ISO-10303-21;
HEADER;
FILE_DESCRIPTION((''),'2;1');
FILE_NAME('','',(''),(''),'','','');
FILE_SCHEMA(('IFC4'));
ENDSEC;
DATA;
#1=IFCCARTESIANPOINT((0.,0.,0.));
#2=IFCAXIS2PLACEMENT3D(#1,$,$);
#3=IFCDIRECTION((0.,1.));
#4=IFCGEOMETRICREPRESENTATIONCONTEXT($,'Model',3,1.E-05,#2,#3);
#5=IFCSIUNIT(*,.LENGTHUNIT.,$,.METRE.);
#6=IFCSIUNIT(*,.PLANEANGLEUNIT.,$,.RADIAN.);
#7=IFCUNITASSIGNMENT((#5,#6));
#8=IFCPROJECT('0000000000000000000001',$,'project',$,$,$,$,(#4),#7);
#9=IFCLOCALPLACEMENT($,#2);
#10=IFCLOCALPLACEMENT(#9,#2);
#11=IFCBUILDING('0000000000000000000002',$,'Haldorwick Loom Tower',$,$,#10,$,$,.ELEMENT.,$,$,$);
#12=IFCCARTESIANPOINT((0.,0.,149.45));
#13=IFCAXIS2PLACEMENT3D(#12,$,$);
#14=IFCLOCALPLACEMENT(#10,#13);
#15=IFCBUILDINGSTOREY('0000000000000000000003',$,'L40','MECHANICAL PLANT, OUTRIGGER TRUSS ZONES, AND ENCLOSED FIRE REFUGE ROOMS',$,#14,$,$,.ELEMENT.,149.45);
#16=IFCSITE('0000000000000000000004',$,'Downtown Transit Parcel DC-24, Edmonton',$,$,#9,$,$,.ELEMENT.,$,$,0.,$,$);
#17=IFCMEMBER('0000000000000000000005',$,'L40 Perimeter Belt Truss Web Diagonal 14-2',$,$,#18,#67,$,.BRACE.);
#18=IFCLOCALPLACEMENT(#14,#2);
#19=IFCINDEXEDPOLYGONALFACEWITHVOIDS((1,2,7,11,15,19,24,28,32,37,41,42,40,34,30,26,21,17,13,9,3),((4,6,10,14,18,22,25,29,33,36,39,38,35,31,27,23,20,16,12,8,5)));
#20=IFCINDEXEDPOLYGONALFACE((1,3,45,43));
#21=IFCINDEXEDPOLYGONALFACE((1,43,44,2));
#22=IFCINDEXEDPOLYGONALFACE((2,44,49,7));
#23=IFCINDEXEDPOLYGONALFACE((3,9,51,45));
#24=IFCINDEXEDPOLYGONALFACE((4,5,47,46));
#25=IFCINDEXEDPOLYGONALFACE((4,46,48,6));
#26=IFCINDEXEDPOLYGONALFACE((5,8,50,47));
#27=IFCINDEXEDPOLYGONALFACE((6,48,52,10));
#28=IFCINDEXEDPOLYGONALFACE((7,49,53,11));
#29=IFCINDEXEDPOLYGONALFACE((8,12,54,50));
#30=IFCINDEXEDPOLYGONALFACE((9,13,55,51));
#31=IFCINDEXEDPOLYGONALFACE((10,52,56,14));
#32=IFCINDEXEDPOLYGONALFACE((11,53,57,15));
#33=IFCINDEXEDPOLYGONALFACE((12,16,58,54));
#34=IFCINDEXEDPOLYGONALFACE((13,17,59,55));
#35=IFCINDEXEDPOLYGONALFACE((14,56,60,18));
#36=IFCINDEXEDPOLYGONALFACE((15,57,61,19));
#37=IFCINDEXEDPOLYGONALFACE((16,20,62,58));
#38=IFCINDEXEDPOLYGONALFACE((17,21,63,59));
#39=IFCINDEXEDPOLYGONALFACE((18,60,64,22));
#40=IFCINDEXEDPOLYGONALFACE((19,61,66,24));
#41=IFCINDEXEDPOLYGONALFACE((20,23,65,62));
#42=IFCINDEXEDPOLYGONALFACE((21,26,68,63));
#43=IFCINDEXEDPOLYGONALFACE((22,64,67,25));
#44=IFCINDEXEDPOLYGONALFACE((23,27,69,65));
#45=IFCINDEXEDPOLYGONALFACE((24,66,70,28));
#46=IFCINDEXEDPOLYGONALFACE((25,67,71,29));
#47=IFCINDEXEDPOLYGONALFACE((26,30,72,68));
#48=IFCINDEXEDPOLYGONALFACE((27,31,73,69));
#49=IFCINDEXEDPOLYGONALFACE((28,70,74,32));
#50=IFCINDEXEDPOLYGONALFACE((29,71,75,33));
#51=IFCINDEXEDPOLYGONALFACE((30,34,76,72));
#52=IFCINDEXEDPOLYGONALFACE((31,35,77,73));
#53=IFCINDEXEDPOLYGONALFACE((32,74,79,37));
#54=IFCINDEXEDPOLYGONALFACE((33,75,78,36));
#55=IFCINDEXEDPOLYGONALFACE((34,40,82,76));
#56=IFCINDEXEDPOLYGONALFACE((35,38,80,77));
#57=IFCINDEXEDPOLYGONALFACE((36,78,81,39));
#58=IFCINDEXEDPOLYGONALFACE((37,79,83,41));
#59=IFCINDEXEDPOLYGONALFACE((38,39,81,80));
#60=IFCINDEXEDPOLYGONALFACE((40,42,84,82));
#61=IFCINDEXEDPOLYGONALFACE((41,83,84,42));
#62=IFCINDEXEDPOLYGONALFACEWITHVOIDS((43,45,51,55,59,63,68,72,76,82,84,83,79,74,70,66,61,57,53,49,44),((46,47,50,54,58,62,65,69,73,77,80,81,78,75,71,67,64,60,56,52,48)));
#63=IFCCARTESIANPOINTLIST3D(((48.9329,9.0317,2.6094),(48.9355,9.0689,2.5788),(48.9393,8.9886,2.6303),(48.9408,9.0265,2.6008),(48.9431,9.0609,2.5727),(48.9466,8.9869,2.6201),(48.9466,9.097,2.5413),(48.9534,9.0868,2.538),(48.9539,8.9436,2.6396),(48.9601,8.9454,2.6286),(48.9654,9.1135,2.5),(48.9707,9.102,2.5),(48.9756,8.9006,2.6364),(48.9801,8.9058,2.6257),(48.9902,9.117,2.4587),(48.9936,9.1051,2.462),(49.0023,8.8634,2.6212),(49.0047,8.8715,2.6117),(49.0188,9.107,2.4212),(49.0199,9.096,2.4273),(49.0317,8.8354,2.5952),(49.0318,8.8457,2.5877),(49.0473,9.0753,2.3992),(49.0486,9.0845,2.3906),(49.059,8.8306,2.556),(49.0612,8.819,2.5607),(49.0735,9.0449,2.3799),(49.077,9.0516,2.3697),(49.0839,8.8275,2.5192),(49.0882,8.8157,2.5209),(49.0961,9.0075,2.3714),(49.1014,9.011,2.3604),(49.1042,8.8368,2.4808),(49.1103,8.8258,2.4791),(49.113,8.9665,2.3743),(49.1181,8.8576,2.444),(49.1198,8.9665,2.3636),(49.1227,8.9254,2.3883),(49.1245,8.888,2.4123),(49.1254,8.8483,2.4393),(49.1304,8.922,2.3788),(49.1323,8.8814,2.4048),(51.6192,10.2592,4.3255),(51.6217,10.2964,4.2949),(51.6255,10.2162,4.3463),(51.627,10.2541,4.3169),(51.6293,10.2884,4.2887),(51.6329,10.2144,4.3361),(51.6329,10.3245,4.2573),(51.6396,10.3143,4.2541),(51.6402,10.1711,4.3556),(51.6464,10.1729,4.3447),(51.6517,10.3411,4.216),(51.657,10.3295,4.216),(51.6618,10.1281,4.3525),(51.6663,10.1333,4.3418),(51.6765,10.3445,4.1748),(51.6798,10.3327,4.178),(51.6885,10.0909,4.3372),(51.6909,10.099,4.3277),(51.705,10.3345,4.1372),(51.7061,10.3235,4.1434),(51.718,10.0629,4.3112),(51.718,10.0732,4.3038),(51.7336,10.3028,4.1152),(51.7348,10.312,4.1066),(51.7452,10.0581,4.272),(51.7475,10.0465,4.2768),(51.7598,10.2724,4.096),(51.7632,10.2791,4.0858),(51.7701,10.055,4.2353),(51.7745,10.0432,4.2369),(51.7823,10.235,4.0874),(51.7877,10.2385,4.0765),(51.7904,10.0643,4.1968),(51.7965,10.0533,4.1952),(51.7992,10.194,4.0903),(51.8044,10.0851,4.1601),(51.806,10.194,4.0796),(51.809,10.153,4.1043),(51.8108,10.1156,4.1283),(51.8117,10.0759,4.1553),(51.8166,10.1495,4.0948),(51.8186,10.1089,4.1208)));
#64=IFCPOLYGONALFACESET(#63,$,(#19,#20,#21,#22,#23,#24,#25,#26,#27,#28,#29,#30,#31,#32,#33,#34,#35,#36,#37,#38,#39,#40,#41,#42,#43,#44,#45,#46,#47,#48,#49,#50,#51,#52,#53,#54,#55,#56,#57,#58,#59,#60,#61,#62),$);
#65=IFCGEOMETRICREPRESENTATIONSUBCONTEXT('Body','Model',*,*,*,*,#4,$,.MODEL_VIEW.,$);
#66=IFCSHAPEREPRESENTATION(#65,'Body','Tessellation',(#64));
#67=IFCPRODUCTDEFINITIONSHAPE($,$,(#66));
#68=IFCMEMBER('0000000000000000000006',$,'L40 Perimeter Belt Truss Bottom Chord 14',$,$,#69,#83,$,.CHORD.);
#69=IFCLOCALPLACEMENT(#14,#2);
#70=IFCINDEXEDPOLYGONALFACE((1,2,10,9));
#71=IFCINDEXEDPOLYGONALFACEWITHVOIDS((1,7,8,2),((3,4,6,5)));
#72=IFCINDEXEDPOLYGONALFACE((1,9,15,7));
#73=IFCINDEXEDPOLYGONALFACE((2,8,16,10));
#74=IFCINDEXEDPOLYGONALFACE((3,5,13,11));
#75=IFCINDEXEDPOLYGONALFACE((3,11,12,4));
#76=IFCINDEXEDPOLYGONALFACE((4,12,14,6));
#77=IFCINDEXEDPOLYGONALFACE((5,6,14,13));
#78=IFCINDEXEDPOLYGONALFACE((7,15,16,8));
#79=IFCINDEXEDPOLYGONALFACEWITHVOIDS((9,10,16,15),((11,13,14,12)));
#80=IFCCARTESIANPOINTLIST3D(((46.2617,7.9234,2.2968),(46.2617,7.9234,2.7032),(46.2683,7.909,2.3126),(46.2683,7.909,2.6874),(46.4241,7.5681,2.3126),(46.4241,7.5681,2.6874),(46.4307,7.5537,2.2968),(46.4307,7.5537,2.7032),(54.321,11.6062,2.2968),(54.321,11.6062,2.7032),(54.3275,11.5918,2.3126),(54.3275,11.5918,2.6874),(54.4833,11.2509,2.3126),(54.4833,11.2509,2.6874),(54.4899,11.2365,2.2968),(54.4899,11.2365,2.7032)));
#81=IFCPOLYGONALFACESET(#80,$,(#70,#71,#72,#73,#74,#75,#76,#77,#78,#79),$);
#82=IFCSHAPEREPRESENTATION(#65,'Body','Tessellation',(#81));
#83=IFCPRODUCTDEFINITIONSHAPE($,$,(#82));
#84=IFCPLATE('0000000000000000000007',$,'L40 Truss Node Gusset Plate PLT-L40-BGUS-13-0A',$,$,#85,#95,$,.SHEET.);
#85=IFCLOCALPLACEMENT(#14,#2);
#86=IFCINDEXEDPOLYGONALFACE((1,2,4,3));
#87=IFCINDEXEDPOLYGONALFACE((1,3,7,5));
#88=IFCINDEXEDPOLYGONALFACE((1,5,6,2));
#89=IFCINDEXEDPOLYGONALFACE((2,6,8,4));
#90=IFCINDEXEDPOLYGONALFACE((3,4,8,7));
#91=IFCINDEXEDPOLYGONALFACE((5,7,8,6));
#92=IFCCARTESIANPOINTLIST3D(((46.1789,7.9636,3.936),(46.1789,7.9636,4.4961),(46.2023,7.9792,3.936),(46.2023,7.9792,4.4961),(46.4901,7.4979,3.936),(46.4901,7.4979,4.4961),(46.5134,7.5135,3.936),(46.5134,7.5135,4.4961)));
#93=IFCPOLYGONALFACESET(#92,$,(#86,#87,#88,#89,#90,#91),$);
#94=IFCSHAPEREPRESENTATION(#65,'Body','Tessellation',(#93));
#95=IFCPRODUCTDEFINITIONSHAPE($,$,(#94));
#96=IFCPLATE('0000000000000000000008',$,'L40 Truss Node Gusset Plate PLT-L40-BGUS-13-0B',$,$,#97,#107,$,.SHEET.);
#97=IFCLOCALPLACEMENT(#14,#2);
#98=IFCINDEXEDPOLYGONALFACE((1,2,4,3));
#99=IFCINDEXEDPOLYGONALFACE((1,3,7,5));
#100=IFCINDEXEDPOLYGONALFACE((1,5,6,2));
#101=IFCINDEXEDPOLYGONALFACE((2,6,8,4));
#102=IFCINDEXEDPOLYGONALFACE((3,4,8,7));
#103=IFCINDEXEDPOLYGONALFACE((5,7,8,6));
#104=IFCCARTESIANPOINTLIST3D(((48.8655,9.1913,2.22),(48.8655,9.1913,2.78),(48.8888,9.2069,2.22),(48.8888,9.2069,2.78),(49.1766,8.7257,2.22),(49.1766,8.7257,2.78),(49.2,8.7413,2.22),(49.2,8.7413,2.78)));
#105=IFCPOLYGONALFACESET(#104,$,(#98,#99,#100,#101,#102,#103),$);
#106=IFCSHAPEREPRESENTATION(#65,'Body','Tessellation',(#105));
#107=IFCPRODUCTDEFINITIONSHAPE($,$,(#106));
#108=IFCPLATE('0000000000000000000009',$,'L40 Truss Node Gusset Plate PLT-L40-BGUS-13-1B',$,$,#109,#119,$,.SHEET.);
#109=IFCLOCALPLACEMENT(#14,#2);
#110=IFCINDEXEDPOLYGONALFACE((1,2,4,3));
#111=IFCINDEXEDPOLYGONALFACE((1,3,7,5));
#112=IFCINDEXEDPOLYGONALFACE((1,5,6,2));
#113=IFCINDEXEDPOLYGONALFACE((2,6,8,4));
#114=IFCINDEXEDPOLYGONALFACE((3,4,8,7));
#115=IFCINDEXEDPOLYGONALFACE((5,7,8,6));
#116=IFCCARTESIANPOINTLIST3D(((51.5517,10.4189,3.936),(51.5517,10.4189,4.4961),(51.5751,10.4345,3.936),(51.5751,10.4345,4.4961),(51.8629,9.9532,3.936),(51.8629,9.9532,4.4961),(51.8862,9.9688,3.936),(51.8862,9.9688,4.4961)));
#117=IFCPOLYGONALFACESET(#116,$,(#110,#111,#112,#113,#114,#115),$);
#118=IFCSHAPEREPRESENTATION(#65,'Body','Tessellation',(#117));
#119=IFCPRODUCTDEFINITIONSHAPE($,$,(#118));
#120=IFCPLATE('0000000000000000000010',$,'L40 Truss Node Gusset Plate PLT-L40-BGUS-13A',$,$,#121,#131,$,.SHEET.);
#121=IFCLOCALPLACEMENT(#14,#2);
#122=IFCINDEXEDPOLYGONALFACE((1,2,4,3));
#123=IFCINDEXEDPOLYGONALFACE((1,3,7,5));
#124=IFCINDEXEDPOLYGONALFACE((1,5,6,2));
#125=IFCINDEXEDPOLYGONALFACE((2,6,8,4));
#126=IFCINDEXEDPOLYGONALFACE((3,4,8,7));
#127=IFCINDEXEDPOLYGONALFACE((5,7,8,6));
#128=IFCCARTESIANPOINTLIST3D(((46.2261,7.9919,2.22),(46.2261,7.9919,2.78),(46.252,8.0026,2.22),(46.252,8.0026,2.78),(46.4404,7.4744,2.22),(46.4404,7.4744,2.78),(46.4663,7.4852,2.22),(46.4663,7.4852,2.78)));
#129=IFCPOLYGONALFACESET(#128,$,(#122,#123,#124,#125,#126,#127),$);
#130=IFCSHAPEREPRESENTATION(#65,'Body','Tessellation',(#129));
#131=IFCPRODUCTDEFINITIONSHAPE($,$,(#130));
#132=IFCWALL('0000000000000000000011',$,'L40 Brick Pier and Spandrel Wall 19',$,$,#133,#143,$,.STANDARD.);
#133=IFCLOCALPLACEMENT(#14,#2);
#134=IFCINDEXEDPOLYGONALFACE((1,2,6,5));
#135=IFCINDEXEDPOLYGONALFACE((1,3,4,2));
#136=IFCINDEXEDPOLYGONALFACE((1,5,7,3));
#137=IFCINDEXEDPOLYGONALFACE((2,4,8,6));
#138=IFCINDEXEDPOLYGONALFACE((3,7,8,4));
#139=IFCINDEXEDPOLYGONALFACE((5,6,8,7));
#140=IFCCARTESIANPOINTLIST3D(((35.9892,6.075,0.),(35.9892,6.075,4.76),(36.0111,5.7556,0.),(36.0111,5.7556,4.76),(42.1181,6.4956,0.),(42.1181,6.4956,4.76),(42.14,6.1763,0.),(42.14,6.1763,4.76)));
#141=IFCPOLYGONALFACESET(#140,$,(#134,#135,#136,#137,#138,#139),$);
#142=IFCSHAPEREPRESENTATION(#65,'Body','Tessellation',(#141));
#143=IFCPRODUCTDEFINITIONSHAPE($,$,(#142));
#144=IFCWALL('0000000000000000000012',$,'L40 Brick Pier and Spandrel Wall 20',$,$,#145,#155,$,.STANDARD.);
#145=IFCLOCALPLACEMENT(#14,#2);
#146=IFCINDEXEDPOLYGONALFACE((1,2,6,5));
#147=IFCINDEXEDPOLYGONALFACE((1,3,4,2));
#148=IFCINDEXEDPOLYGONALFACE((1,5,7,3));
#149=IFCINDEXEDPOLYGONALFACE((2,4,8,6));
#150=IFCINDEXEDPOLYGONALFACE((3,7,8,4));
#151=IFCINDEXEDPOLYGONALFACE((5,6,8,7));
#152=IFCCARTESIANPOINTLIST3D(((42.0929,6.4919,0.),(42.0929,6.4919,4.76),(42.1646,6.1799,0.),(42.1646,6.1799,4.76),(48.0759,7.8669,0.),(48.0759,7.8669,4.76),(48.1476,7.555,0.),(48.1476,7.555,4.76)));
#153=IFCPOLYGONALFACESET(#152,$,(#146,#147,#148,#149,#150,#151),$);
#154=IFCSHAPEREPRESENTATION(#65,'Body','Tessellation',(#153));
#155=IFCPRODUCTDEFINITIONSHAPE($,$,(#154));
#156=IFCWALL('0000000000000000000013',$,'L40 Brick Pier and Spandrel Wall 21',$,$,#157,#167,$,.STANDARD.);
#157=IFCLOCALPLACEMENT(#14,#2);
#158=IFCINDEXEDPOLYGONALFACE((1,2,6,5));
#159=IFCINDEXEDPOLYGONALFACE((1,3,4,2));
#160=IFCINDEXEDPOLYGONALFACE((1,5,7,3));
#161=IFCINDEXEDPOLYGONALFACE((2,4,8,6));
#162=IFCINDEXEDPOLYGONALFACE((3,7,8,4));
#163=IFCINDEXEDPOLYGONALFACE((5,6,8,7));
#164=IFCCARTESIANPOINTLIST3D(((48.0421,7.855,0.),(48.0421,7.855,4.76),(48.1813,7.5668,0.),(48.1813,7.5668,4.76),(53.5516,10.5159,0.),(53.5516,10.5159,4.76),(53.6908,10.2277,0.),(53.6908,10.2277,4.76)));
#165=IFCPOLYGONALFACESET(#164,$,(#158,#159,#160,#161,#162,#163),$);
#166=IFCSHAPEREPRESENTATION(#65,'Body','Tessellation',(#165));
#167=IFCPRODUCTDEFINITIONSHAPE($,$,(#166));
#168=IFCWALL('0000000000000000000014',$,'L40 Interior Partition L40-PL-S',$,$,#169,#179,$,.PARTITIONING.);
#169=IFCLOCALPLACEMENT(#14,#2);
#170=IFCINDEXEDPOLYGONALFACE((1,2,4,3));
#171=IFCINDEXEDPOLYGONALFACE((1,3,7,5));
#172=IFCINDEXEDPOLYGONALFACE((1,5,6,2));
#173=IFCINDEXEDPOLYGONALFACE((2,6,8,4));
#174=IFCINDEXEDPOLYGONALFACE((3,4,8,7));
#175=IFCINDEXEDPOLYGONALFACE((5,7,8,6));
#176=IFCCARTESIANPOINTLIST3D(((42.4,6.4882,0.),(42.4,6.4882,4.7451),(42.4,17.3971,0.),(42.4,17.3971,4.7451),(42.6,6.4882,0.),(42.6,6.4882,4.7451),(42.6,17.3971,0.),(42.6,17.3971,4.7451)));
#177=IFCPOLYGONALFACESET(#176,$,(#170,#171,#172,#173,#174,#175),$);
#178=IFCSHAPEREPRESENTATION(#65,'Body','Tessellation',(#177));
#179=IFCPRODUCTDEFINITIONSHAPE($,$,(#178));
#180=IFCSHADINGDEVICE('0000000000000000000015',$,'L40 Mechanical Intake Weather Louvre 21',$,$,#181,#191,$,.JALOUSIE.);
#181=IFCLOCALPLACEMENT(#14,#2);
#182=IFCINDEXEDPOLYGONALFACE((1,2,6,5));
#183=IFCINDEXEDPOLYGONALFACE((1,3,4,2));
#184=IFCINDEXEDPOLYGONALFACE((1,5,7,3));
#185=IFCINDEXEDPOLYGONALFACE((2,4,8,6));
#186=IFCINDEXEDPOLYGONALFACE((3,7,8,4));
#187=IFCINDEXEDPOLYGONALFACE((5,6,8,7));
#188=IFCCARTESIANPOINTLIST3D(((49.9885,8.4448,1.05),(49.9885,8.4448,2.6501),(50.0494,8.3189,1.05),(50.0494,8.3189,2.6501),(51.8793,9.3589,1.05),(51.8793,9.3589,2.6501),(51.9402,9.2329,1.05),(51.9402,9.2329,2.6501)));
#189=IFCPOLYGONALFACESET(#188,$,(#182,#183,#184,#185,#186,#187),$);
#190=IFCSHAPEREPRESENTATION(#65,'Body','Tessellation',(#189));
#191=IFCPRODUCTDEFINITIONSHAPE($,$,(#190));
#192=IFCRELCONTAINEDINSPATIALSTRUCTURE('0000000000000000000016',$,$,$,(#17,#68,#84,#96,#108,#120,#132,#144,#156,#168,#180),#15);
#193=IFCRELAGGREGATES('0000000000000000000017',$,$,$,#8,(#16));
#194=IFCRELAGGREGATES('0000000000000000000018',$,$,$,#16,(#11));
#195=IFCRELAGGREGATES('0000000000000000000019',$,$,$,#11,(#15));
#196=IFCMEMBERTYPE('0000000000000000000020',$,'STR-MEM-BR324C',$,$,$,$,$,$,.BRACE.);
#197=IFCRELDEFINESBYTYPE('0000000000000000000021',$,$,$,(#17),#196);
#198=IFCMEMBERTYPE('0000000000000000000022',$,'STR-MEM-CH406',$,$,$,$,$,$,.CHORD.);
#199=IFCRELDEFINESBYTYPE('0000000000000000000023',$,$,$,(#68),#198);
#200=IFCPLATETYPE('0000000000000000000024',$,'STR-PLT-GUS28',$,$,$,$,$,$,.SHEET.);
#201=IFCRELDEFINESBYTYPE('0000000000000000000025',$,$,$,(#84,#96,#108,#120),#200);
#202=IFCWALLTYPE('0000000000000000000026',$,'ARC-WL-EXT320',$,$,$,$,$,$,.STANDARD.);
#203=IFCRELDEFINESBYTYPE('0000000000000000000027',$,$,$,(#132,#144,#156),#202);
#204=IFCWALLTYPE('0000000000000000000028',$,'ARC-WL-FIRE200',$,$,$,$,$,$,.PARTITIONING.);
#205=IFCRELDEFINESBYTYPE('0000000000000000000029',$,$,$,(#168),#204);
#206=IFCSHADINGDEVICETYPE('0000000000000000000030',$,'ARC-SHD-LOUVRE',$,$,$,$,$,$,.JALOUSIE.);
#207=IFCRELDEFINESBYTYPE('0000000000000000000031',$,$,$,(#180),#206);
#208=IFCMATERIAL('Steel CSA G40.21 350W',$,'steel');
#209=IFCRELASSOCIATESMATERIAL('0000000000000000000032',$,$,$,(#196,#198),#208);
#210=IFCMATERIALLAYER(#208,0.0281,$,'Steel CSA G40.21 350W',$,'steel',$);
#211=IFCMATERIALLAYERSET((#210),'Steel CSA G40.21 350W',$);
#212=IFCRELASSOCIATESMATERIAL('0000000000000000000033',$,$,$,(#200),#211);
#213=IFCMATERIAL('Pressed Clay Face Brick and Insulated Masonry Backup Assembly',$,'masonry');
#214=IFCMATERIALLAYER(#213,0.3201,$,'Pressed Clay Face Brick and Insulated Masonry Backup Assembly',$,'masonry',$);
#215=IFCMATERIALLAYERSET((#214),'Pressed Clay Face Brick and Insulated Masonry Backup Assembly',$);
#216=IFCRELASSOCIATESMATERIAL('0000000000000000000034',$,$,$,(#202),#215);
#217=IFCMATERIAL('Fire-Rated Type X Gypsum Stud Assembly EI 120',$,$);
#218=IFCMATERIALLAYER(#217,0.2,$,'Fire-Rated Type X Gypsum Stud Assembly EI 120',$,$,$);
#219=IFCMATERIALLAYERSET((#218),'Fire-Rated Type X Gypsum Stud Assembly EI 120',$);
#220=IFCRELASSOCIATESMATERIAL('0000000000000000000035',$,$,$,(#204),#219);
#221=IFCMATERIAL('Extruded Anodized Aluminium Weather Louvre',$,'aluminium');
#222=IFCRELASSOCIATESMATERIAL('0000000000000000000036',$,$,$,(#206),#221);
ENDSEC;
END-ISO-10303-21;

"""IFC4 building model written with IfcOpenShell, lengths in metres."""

from ifc_helpers import new_model, si_unit, direction, frame, frame_2d, origin, origin_2d, place, context, subcontext, project, spatial, rectangle, hollow_rectangle, hollow_circle, extrude, material, layer, layer_set, material_profile, profile_set, type_object, element, save


model = new_model("IFC4")

# Units and contexts
model_context = context("Model", 3, precision=1e-05, world=origin(), true_north=direction((0.0, 1.0)))
body_context = subcontext(model_context, "Body", "Model", "MODEL_VIEW")
ifc_project = project(units=[si_unit("LENGTHUNIT", "METRE"), si_unit("PLANEANGLEUNIT", "RADIAN")], contexts=[model_context])

# Site, building, storey
site_placement = place(None, origin())
site = spatial("IfcSite", under=ifc_project, at=site_placement, Name="Downtown Transit Parcel DC-24, Edmonton", CompositionType="ELEMENT", RefElevation=0.0)
building_placement = place(site_placement, origin())
building = spatial("IfcBuilding", under=site, at=building_placement, Name="Haldorwick Loom Tower", CompositionType="ELEMENT")
storey_placement = place(building_placement, frame((0.0, 0.0, 149.45)))
storey = spatial("IfcBuildingStorey", under=building, at=storey_placement, Name="L40", Description="MECHANICAL PLANT, OUTRIGGER TRUSS ZONES, AND ENCLOSED FIRE REFUGE ROOMS", CompositionType="ELEMENT", Elevation=149.45)

# Shared definitions
ifc_material_1 = material(Name="Steel CSA G40.21 350W", Category="steel")

# Members
ifc_material_profile_1 = material_profile(ifc_material_1, hollow_circle(Radius=0.1619, WallThickness=0.0127, at=origin_2d()), Name="HSS324X13", Category="steel")
ifc_profile_set_1 = profile_set([ifc_material_profile_1], Name="Steel CSA G40.21 350W")
member_type_1 = type_object("IfcMemberType", Name="STR-MEM-BR324C", PredefinedType="BRACE", material=ifc_profile_set_1)
member_1_placement = place(storey_placement, frame((49.0327, 8.9663, 2.5), z_axis=(0.786423, 0.359369, 0.502387), x_axis=(-0.415627, 0.909535, 0.0)))
element("IfcMember", 1, at=member_1_placement, inside=storey, type_object=member_type_1, Name="L40 Perimeter Belt Truss Web Diagonal 14-2", PredefinedType="BRACE", context=body_context, shape_type="SweptSolid", body=[
    extrude(hollow_circle(Radius=0.1619, WallThickness=0.0127, at=origin_2d()), origin(), (0.0, 0.0, 1.0), 3.4158),
])
ifc_material_profile_2 = material_profile(ifc_material_1, hollow_rectangle(XDim=0.4065, YDim=0.4065, WallThickness=0.0159, at=origin_2d()), Name="HSS406X406X16", Category="steel")
ifc_profile_set_2 = profile_set([ifc_material_profile_2], Name="Steel CSA G40.21 350W")
member_type_2 = type_object("IfcMemberType", Name="STR-MEM-CH406", PredefinedType="CHORD", material=ifc_profile_set_2)
member_2_placement = place(storey_placement, frame((46.3462, 7.7385, 2.5), z_axis=(0.909534, 0.415629, 0.0), x_axis=(-0.415629, 0.909534, 0.0)))
element("IfcMember", 2, at=member_2_placement, inside=storey, type_object=member_type_2, Name="L40 Perimeter Belt Truss Bottom Chord 14", PredefinedType="CHORD", context=body_context, shape_type="SweptSolid", body=[
    extrude(hollow_rectangle(XDim=0.4065, YDim=0.4065, WallThickness=0.0159, at=origin_2d()), origin(), (0.0, 0.0, 1.0), 8.8608),
])

# Plates
ifc_layer_1 = layer(ifc_material_1, 0.0281, Name="Steel CSA G40.21 350W", Category="steel")
ifc_layer_set_1 = layer_set([ifc_layer_1], Name="Steel CSA G40.21 350W")
plate_type = type_object("IfcPlateType", Name="STR-PLT-GUS28", PredefinedType="SHEET", material=ifc_layer_set_1)
for number, where, z_axis, x_axis, name in (
    (3, (46.3462, 7.7385, 3.936), (0.0, 0.0, 1.0), (0.55557, -0.83147, 0.0), "L40 Truss Node Gusset Plate PLT-L40-BGUS-13-0A"),
    (4, (49.0327, 8.9663, 2.22), (0.0, 0.0, 1.0), (0.55557, -0.83147, 0.0), "L40 Truss Node Gusset Plate PLT-L40-BGUS-13-0B"),
    (5, (51.719, 10.1938, 3.936), (0.0, 0.0, 1.0), (0.55557, -0.83147, 0.0), "L40 Truss Node Gusset Plate PLT-L40-BGUS-13-1B"),
    (6, (46.3462, 7.7385, 2.22), (0.0, 0.0, 1.0), (0.382683, -0.92388, 0.0), "L40 Truss Node Gusset Plate PLT-L40-BGUS-13A"),
):
    element("IfcPlate", number, at=place(storey_placement, frame(where, z_axis=z_axis, x_axis=x_axis)), inside=storey, type_object=plate_type, Name=name, PredefinedType="SHEET", context=body_context, shape_type="SweptSolid", body=[
        extrude(rectangle(XDim=0.5601, YDim=0.0281, at=origin_2d()), origin(), (0.0, 0.0, 1.0), 0.5601),
    ])

# Walls
ifc_material_2 = material(Name="Pressed Clay Face Brick and Insulated Masonry Backup Assembly", Category="masonry")
ifc_layer_2 = layer(ifc_material_2, 0.3201, Name="Pressed Clay Face Brick and Insulated Masonry Backup Assembly", Category="masonry")
ifc_layer_set_2 = layer_set([ifc_layer_2], Name="Pressed Clay Face Brick and Insulated Masonry Backup Assembly")
wall_type_1 = type_object("IfcWallType", Name="ARC-WL-EXT320", PredefinedType="STANDARD", material=ifc_layer_set_2)
wall_1_placement = place(storey_placement, frame((36.0, 5.9153, 0.0), z_axis=(0.0, 0.0, 1.0), x_axis=(0.997653, 0.068473, 0.0)))
element("IfcWall", 7, at=wall_1_placement, inside=storey, type_object=wall_type_1, Name="L40 Brick Pier and Spandrel Wall 19", PredefinedType="STANDARD", context=body_context, shape_type="SweptSolid", body=[
    extrude(rectangle(XDim=6.1433, YDim=0.3201, at=frame_2d((3.0718, 0.0))), origin(), (0.0, 0.0, 1.0), 4.76),
])
wall_2_placement = place(storey_placement, frame((42.1289, 6.3359, 0.0), z_axis=(0.0, 0.0, 1.0), x_axis=(0.974593, 0.223982, 0.0)))
element("IfcWall", 8, at=wall_2_placement, inside=storey, type_object=wall_type_1, Name="L40 Brick Pier and Spandrel Wall 20", PredefinedType="STANDARD", context=body_context, shape_type="SweptSolid", body=[
    extrude(rectangle(XDim=6.1389, YDim=0.3201, at=frame_2d((3.0693, 0.0))), origin(), (0.0, 0.0, 1.0), 4.76),
])
wall_3_placement = place(storey_placement, frame((48.1118, 7.7109, 0.0), z_axis=(0.0, 0.0, 1.0), x_axis=(0.90048, 0.434897, 0.0)))
element("IfcWall", 9, at=wall_3_placement, inside=storey, type_object=wall_type_1, Name="L40 Brick Pier and Spandrel Wall 21", PredefinedType="STANDARD", context=body_context, shape_type="SweptSolid", body=[
    extrude(rectangle(XDim=6.1184, YDim=0.3201, at=frame_2d((3.0591, 0.0))), origin(), (0.0, 0.0, 1.0), 4.76),
])
ifc_material_3 = material(Name="Fire-Rated Type X Gypsum Stud Assembly EI 120")
ifc_layer_3 = layer(ifc_material_3, 0.2, Name="Fire-Rated Type X Gypsum Stud Assembly EI 120")
ifc_layer_set_3 = layer_set([ifc_layer_3], Name="Fire-Rated Type X Gypsum Stud Assembly EI 120")
wall_type_2 = type_object("IfcWallType", Name="ARC-WL-FIRE200", PredefinedType="PARTITIONING", material=ifc_layer_set_3)
wall_4_placement = place(storey_placement, frame((42.5, 6.488, 0.0), z_axis=(0.0, 0.0, 1.0), x_axis=(0.0, 1.0, 0.0)))
element("IfcWall", 10, at=wall_4_placement, inside=storey, type_object=wall_type_2, Name="L40 Interior Partition L40-PL-S", PredefinedType="PARTITIONING", context=body_context, shape_type="SweptSolid", body=[
    extrude(rectangle(XDim=10.9089, YDim=0.2, at=frame_2d((5.4546, 0.0))), origin(), (0.0, 0.0, 1.0), 4.7451),
])

# Shading device
ifc_material_4 = material(Name="Extruded Anodized Aluminium Weather Louvre", Category="aluminium")
shading_device_type_1 = type_object("IfcShadingDeviceType", Name="ARC-SHD-LOUVRE", PredefinedType="JALOUSIE", material=ifc_material_4)
shading_device_1_placement = place(storey_placement, frame((50.9644, 8.8389, 1.05), z_axis=(0.0, 0.0, 1.0), x_axis=(0.900319, 0.435231, 0.0)))
element("IfcShadingDevice", 11, at=shading_device_1_placement, inside=storey, type_object=shading_device_type_1, Name="L40 Mechanical Intake Weather Louvre 21", PredefinedType="JALOUSIE", context=body_context, shape_type="SweptSolid", body=[
    extrude(rectangle(XDim=2.1001, YDim=0.1399, at=origin_2d()), origin(), (0.0, 0.0, 1.0), 1.6001),
])

save(model, "model.ifc")
